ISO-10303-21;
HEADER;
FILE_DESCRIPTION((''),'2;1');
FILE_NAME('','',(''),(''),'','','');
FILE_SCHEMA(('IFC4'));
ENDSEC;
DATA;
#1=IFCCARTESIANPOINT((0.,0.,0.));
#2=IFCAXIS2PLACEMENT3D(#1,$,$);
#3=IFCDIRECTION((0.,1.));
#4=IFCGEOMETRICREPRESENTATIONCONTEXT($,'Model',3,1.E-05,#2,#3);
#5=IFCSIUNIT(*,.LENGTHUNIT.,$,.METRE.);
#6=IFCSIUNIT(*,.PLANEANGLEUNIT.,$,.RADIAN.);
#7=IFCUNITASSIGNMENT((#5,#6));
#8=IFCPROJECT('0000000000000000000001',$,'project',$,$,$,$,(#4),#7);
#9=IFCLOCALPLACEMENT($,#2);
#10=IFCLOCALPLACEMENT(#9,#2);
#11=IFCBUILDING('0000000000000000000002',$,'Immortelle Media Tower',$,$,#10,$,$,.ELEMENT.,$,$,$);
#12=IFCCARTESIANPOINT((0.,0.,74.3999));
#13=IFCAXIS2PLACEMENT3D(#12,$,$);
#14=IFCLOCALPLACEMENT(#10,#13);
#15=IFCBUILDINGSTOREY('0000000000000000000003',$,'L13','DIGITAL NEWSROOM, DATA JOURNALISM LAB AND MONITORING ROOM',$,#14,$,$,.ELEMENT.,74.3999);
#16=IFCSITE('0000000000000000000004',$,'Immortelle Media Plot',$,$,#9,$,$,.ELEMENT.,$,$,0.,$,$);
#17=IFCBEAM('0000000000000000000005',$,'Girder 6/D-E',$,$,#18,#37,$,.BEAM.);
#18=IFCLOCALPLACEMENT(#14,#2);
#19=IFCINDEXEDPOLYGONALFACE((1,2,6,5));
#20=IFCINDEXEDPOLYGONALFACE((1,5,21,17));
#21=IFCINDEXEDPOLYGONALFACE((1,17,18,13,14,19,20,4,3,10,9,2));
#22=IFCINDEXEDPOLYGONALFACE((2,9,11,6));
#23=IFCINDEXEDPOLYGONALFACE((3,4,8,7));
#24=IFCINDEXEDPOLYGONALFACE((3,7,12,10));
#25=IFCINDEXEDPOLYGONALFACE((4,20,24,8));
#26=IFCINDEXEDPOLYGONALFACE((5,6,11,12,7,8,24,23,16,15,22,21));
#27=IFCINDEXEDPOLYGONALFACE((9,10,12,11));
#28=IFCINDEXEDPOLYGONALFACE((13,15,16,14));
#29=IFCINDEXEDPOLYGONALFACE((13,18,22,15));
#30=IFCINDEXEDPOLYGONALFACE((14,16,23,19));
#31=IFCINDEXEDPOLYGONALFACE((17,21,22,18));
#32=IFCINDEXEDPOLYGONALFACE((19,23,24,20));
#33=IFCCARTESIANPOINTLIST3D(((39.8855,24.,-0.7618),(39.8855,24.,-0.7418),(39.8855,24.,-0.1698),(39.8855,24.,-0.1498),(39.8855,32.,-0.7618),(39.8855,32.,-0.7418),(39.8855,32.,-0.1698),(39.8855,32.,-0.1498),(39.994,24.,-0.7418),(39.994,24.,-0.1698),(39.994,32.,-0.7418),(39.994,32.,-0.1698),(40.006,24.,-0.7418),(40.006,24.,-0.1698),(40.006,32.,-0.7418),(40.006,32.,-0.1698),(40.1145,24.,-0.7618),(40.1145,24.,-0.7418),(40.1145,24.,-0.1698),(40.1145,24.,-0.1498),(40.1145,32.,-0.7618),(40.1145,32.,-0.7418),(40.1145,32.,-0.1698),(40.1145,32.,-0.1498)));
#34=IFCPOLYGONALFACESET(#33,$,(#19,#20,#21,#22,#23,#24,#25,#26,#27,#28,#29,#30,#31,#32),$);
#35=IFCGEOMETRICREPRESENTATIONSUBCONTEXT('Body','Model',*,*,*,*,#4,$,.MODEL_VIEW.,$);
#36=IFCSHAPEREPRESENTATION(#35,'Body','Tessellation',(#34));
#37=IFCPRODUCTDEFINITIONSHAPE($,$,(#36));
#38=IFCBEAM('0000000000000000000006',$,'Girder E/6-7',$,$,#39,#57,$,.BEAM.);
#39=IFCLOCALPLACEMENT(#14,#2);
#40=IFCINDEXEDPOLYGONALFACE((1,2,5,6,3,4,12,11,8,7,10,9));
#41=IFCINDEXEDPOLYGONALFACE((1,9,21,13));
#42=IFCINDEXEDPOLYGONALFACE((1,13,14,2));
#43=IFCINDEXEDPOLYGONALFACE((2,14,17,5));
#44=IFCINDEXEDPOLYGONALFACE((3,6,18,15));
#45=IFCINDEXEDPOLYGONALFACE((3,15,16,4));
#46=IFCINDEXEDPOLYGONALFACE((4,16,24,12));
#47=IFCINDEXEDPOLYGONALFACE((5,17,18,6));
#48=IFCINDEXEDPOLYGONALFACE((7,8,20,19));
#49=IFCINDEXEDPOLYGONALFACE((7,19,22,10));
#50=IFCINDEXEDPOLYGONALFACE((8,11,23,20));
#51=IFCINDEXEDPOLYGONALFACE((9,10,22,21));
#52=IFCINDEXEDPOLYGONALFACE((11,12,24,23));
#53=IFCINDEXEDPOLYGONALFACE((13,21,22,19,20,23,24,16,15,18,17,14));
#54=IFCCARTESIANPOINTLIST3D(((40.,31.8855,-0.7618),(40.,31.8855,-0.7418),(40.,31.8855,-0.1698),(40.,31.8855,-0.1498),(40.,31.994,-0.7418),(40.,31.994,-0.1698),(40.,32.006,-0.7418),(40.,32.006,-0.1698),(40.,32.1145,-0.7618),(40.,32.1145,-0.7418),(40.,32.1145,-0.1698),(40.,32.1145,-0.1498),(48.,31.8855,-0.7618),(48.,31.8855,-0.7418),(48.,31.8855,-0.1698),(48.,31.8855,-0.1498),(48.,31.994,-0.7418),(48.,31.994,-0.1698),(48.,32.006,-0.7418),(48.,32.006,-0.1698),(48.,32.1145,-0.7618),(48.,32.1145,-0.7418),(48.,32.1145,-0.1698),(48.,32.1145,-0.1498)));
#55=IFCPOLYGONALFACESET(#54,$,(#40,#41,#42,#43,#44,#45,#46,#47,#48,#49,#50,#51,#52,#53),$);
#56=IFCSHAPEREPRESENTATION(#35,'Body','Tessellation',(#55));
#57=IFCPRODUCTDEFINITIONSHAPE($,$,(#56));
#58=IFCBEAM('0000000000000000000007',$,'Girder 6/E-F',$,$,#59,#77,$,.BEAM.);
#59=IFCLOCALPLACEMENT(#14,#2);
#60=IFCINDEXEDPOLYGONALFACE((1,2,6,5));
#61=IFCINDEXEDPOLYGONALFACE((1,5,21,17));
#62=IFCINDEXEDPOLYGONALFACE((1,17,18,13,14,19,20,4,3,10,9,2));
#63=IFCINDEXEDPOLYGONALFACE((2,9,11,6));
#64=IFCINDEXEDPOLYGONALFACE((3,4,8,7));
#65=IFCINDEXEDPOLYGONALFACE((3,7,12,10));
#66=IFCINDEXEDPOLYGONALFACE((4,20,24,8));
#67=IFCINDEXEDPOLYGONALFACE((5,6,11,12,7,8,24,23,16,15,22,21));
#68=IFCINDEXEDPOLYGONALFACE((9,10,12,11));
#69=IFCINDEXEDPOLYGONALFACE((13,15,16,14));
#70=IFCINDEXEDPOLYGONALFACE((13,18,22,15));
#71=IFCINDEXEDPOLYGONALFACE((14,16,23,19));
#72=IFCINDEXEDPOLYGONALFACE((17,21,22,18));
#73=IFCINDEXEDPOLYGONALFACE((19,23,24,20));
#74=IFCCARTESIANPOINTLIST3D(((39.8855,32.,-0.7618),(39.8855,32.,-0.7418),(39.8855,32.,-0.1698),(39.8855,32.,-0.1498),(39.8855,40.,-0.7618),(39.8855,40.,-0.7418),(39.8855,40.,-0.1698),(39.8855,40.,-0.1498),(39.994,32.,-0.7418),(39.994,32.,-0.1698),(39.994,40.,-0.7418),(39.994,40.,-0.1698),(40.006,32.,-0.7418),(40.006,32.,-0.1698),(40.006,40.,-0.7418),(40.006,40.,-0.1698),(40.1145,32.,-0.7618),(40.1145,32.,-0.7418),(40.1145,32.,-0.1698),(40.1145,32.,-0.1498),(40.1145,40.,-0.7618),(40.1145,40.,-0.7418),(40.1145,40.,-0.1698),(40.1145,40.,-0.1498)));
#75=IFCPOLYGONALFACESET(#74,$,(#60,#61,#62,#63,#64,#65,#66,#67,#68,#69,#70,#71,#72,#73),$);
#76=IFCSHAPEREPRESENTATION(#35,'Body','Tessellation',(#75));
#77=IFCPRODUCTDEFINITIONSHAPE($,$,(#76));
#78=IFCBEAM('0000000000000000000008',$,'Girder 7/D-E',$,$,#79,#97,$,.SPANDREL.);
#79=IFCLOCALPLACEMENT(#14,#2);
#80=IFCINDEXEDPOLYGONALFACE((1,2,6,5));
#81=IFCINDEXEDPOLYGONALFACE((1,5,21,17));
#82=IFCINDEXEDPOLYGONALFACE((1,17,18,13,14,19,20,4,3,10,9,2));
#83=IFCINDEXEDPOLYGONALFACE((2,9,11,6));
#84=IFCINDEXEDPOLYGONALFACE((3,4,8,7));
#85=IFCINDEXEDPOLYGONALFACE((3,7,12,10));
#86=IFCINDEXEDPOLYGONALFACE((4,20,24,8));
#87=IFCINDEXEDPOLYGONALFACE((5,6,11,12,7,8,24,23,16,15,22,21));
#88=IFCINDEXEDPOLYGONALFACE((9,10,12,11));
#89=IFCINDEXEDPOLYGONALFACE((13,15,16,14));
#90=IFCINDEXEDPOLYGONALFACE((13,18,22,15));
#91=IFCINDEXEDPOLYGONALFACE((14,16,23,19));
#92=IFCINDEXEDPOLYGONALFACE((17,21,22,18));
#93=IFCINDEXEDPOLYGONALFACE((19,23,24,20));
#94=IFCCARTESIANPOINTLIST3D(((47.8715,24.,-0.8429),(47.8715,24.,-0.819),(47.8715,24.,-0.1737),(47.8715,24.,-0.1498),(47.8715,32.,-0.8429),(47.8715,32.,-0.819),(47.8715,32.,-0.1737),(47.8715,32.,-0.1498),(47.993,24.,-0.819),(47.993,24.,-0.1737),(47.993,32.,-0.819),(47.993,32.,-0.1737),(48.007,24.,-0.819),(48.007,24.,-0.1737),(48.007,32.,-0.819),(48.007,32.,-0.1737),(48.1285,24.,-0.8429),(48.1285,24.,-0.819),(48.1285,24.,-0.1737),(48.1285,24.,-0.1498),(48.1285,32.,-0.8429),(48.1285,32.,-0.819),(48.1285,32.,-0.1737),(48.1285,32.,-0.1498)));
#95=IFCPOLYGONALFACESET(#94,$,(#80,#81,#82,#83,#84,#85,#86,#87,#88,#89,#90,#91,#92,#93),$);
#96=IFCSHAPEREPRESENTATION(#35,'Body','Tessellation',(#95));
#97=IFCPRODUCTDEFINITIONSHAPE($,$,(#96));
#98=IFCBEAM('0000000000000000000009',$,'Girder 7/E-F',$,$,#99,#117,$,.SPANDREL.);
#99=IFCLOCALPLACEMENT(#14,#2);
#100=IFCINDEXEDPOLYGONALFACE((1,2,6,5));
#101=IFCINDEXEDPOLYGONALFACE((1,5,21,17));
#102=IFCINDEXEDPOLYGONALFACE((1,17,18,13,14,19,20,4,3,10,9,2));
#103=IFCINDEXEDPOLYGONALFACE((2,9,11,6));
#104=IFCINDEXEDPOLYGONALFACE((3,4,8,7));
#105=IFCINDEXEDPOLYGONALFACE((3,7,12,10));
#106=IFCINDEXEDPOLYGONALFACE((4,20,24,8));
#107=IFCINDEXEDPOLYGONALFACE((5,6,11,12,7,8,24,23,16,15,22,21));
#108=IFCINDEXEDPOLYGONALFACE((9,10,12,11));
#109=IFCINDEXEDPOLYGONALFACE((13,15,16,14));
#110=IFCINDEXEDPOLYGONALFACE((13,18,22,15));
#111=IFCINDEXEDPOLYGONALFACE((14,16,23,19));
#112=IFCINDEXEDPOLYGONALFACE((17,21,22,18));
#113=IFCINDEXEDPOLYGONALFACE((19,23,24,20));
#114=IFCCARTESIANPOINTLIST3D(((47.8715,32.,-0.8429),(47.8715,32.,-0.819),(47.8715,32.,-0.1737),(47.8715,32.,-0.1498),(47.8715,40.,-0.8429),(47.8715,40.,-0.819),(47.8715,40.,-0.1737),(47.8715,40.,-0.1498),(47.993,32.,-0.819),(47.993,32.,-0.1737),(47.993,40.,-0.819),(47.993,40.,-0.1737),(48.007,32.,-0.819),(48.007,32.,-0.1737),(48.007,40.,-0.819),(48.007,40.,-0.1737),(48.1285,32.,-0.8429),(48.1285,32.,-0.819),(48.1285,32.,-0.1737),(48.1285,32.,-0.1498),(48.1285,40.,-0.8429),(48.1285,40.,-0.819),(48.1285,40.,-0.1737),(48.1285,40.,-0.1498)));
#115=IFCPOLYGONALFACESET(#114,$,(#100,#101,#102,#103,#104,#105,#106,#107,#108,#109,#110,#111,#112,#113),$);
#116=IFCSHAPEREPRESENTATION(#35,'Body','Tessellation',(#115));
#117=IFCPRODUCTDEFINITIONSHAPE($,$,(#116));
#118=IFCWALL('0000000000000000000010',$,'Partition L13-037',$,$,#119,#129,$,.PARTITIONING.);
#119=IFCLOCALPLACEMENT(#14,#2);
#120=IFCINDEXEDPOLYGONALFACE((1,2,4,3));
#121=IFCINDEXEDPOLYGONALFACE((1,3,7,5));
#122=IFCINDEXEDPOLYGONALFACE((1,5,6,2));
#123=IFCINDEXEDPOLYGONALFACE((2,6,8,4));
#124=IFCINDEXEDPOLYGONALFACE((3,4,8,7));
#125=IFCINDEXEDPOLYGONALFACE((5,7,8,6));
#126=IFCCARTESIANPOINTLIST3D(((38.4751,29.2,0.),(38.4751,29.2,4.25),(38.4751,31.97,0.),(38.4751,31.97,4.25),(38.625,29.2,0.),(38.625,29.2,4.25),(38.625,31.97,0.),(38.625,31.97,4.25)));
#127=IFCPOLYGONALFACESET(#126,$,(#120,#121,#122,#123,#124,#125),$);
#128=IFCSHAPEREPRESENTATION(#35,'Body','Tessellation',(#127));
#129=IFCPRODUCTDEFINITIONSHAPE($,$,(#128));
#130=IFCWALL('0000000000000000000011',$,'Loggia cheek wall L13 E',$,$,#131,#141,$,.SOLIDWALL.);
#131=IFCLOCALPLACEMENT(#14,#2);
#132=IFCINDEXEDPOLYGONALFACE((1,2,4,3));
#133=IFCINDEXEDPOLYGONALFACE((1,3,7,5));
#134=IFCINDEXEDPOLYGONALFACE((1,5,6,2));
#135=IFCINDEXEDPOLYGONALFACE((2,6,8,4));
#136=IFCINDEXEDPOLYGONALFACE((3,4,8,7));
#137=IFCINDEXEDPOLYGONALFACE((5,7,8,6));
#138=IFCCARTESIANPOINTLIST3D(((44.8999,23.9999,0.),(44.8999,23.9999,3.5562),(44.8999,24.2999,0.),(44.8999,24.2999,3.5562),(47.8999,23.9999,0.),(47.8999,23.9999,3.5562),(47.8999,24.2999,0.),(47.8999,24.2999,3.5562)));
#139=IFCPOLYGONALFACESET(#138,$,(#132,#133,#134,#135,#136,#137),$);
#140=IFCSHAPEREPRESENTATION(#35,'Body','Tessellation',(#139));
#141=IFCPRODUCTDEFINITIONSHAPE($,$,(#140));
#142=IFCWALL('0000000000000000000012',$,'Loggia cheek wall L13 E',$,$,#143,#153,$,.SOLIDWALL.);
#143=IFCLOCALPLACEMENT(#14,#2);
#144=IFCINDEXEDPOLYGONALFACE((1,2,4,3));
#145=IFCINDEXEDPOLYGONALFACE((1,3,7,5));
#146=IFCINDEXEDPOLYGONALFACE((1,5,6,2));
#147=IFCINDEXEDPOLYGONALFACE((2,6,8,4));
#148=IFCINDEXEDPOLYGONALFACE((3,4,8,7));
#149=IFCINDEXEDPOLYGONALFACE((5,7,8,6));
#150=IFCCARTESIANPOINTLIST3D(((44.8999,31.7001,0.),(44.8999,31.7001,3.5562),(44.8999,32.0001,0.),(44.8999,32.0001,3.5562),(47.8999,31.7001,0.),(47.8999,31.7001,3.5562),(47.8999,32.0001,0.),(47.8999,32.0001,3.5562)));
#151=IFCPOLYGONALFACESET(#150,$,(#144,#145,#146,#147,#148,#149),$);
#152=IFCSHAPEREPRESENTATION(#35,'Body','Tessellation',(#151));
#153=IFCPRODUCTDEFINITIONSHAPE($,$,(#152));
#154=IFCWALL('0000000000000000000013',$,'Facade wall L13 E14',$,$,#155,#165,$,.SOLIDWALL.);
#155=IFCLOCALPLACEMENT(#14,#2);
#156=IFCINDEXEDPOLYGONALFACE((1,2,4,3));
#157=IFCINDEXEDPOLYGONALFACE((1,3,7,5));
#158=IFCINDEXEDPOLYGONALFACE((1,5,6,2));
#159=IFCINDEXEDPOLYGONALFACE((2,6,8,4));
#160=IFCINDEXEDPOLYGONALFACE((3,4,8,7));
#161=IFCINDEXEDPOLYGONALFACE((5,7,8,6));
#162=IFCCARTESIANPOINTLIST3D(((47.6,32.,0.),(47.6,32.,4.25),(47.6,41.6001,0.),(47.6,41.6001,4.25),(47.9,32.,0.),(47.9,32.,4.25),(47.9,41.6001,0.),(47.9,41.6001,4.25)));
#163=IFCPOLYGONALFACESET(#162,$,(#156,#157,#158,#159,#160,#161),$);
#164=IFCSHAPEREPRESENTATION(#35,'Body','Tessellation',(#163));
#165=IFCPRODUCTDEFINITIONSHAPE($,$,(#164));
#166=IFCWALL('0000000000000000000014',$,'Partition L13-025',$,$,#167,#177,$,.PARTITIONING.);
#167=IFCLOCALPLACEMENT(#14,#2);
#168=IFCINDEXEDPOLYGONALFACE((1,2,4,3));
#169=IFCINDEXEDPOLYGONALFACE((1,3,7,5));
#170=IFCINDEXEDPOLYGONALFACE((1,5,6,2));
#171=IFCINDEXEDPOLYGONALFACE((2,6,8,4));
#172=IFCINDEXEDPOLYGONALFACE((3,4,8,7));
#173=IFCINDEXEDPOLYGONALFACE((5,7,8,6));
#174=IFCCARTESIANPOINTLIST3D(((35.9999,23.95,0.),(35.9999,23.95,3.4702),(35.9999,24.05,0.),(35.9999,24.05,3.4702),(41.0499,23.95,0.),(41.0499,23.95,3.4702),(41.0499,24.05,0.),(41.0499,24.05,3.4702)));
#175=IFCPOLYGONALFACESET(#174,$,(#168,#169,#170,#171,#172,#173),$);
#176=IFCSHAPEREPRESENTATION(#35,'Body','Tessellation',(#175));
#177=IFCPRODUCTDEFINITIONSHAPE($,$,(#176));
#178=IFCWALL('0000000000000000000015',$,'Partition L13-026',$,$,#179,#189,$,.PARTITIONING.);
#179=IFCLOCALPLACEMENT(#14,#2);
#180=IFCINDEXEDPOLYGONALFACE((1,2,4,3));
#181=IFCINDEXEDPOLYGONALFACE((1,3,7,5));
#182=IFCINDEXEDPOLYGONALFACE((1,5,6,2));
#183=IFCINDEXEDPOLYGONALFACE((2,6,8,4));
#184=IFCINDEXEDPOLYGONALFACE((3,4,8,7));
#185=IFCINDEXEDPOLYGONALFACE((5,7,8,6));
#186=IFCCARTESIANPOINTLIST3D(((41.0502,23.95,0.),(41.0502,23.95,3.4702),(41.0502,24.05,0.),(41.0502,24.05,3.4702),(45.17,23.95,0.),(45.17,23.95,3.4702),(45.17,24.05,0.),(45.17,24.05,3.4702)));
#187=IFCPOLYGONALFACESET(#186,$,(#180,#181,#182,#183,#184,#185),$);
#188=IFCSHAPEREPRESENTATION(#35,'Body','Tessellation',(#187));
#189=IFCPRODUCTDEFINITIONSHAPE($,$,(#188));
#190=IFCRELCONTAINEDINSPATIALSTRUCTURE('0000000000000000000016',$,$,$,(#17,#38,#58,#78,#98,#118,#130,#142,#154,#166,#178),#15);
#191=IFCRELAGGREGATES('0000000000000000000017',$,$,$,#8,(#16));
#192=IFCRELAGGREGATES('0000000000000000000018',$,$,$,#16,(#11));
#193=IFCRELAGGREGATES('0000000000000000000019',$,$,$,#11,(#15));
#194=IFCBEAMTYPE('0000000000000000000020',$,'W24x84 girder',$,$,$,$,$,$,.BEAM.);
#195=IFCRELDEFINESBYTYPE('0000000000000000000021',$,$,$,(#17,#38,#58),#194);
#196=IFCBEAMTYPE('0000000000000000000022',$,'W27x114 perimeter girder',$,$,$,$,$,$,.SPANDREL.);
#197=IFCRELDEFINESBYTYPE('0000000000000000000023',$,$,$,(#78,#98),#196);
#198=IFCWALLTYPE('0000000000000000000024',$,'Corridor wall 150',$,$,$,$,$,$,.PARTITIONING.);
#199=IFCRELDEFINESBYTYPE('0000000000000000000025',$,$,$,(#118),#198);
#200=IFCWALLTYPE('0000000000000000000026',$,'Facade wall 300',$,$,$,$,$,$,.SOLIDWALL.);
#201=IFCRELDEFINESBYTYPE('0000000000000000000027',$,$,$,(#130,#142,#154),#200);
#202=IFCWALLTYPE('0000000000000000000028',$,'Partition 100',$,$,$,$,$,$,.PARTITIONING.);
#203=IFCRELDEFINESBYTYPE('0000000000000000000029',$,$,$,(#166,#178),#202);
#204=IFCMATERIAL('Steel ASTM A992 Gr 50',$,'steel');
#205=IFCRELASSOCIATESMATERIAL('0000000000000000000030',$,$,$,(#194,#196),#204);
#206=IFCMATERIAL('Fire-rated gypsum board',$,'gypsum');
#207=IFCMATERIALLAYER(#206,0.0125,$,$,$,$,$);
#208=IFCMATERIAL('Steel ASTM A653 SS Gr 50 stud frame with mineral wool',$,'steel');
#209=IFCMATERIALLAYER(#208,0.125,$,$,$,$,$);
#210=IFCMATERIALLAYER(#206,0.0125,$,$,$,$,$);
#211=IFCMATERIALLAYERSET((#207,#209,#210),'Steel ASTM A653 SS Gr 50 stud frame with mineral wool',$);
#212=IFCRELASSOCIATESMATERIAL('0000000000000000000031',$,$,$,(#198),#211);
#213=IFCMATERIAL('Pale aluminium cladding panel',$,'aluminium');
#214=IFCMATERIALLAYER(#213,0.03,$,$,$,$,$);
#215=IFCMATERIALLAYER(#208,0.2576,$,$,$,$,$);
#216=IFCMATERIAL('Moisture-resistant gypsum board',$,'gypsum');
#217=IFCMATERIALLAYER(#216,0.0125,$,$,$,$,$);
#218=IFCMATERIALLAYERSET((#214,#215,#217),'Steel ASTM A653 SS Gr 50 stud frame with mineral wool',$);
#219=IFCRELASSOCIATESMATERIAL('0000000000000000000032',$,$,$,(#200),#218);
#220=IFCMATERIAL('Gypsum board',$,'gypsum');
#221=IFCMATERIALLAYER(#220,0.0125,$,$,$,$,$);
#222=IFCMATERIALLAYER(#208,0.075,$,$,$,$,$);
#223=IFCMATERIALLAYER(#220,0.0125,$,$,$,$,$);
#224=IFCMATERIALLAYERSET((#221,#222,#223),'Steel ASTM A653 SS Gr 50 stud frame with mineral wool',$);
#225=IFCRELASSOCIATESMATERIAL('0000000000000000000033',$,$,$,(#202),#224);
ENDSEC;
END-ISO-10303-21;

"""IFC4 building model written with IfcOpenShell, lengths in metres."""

from ifc_helpers import new_model, si_unit, direction, frame, frame_2d, origin, origin_2d, place, context, subcontext, project, spatial, rectangle, i_section, extrude, material, layer, layer_set, material_profile, profile_set, type_object, element, save


model = new_model("IFC4")

# Units and contexts
model_context = context("Model", 3, precision=1e-05, world=origin(), true_north=direction((0.0, 1.0)))
body_context = subcontext(model_context, "Body", "Model", "MODEL_VIEW")
ifc_project = project(units=[si_unit("LENGTHUNIT", "METRE"), si_unit("PLANEANGLEUNIT", "RADIAN")], contexts=[model_context])

# Site, building, storey
site_placement = place(None, origin())
site = spatial("IfcSite", under=ifc_project, at=site_placement, Name="Immortelle Media Plot", CompositionType="ELEMENT", RefElevation=0.0)
building_placement = place(site_placement, origin())
building = spatial("IfcBuilding", under=site, at=building_placement, Name="Immortelle Media Tower", CompositionType="ELEMENT")
storey_placement = place(building_placement, frame((0.0, 0.0, 74.3999)))
storey = spatial("IfcBuildingStorey", under=building, at=storey_placement, Name="L13", Description="DIGITAL NEWSROOM, DATA JOURNALISM LAB AND MONITORING ROOM", CompositionType="ELEMENT", Elevation=74.3999)

# Shared definitions
ifc_material_1 = material(Name="Steel ASTM A992 Gr 50", Category="steel")

# Beams
ifc_material_profile_1 = material_profile(ifc_material_1, i_section(OverallWidth=0.229, OverallDepth=0.6121, WebThickness=0.012, FlangeThickness=0.02, at=origin_2d()), Name="W24x84")
ifc_profile_set_1 = profile_set([ifc_material_profile_1], Name="Steel ASTM A992 Gr 50")
beam_type_1 = type_object("IfcBeamType", Name="W24x84 girder", PredefinedType="BEAM", material=ifc_profile_set_1)
for number, where, z_axis, x_axis, name in (
    (1, (40.0, 24.0, -0.4558), (0.0, 1.0, 0.0), (-1.0, 0.0, 0.0), "Girder 6/D-E"),
    (2, (40.0, 32.0, -0.4558), (1.0, 0.0, 0.0), (0.0, 1.0, 0.0), "Girder E/6-7"),
    (3, (40.0, 32.0, -0.4558), (0.0, 1.0, 0.0), (-1.0, 0.0, 0.0), "Girder 6/E-F"),
):
    element("IfcBeam", number, at=place(storey_placement, frame(where, z_axis=z_axis, x_axis=x_axis)), inside=storey, type_object=beam_type_1, Name=name, PredefinedType="BEAM", context=body_context, shape_type="SweptSolid", body=[
        extrude(i_section(OverallWidth=0.229, OverallDepth=0.6121, WebThickness=0.012, FlangeThickness=0.02, at=origin_2d()), origin(), (0.0, 0.0, 1.0), 8.0),
    ])
ifc_material_profile_2 = material_profile(ifc_material_1, i_section(OverallWidth=0.2571, OverallDepth=0.6931, WebThickness=0.0139, FlangeThickness=0.0239, at=origin_2d()), Name="W27x114")
ifc_profile_set_2 = profile_set([ifc_material_profile_2], Name="Steel ASTM A992 Gr 50")
beam_type_2 = type_object("IfcBeamType", Name="W27x114 perimeter girder", PredefinedType="SPANDREL", material=ifc_profile_set_2)
for number, where, z_axis, x_axis, name in (
    (4, (48.0, 24.0, -0.4963), (0.0, 1.0, 0.0), (-1.0, 0.0, 0.0), "Girder 7/D-E"),
    (5, (48.0, 32.0, -0.4963), (0.0, 1.0, 0.0), (-1.0, 0.0, 0.0), "Girder 7/E-F"),
):
    element("IfcBeam", number, at=place(storey_placement, frame(where, z_axis=z_axis, x_axis=x_axis)), inside=storey, type_object=beam_type_2, Name=name, PredefinedType="SPANDREL", context=body_context, shape_type="SweptSolid", body=[
        extrude(i_section(OverallWidth=0.2571, OverallDepth=0.6931, WebThickness=0.0139, FlangeThickness=0.0239, at=origin_2d()), origin(), (0.0, 0.0, 1.0), 8.0),
    ])

# Wall
ifc_material_2 = material(Name="Fire-rated gypsum board", Category="gypsum")
ifc_layer_1 = layer(ifc_material_2, 0.0125)
ifc_material_3 = material(Name="Steel ASTM A653 SS Gr 50 stud frame with mineral wool", Category="steel")
ifc_layer_2 = layer(ifc_material_3, 0.125)
ifc_layer_3 = layer(ifc_material_2, 0.0125)
ifc_layer_set_1 = layer_set([ifc_layer_1, ifc_layer_2, ifc_layer_3], Name="Steel ASTM A653 SS Gr 50 stud frame with mineral wool")
wall_type_1 = type_object("IfcWallType", Name="Corridor wall 150", PredefinedType="PARTITIONING", material=ifc_layer_set_1)
wall_1_placement = place(storey_placement, frame((38.55, 29.2, 0.0), z_axis=(0.0, 0.0, 1.0), x_axis=(0.0, 1.0, 0.0)))
element("IfcWall", 6, at=wall_1_placement, inside=storey, type_object=wall_type_1, Name="Partition L13-037", PredefinedType="PARTITIONING", context=body_context, shape_type="SweptSolid", body=[
    extrude(rectangle(XDim=2.77, YDim=0.1499, at=frame_2d((1.385, 0.0))), origin(), (0.0, 0.0, 1.0), 4.25),
])

# Shared definitions
ifc_material_4 = material(Name="Pale aluminium cladding panel", Category="aluminium")
ifc_layer_4 = layer(ifc_material_4, 0.03)
ifc_layer_5 = layer(ifc_material_3, 0.2576)
ifc_material_5 = material(Name="Moisture-resistant gypsum board", Category="gypsum")
ifc_layer_6 = layer(ifc_material_5, 0.0125)
ifc_layer_set_2 = layer_set([ifc_layer_4, ifc_layer_5, ifc_layer_6], Name="Steel ASTM A653 SS Gr 50 stud frame with mineral wool")
wall_type_2 = type_object("IfcWallType", Name="Facade wall 300", PredefinedType="SOLIDWALL", material=ifc_layer_set_2)

# Walls
for number, where, z_axis, x_axis, name in (
    (7, (47.8999, 24.1499, 0.0), (0.0, 0.0, 1.0), (-1.0, 0.0, 0.0), "Loggia cheek wall L13 E"),
    (8, (47.8999, 31.8501, 0.0), (0.0, 0.0, 1.0), (-1.0, 0.0, 0.0), "Loggia cheek wall L13 E"),
):
    element("IfcWall", number, at=place(storey_placement, frame(where, z_axis=z_axis, x_axis=x_axis)), inside=storey, type_object=wall_type_2, Name=name, PredefinedType="SOLIDWALL", context=body_context, shape_type="SweptSolid", body=[
        extrude(rectangle(XDim=3.0, YDim=0.3, at=frame_2d((1.5, 0.0))), origin(), (0.0, 0.0, 1.0), 3.5562),
    ])
wall_2_placement = place(storey_placement, frame((47.75, 32.0, 0.0), z_axis=(0.0, 0.0, 1.0), x_axis=(0.0, 1.0, 0.0)))
element("IfcWall", 9, at=wall_2_placement, inside=storey, type_object=wall_type_2, Name="Facade wall L13 E14", PredefinedType="SOLIDWALL", context=body_context, shape_type="SweptSolid", body=[
    extrude(rectangle(XDim=9.6001, YDim=0.3, at=frame_2d((4.8, 0.0))), origin(), (0.0, 0.0, 1.0), 4.25),
])
ifc_material_6 = material(Name="Gypsum board", Category="gypsum")
ifc_layer_7 = layer(ifc_material_6, 0.0125)
ifc_layer_8 = layer(ifc_material_3, 0.075)
ifc_layer_9 = layer(ifc_material_6, 0.0125)
ifc_layer_set_3 = layer_set([ifc_layer_7, ifc_layer_8, ifc_layer_9], Name="Steel ASTM A653 SS Gr 50 stud frame with mineral wool")
wall_type_3 = type_object("IfcWallType", Name="Partition 100", PredefinedType="PARTITIONING", material=ifc_layer_set_3)
wall_3_placement = place(storey_placement, frame((36.0, 24.0, 0.0), z_axis=(0.0, 0.0, 1.0), x_axis=(1.0, 0.0, 0.0)))
element("IfcWall", 10, at=wall_3_placement, inside=storey, type_object=wall_type_3, Name="Partition L13-025", PredefinedType="PARTITIONING", context=body_context, shape_type="SweptSolid", body=[
    extrude(rectangle(XDim=5.05, YDim=0.1001, at=frame_2d((2.5249, 0.0))), origin(), (0.0, 0.0, 1.0), 3.4702),
])
wall_4_placement = place(storey_placement, frame((41.05, 24.0, 0.0), z_axis=(0.0, 0.0, 1.0), x_axis=(1.0, 0.0, 0.0)))
element("IfcWall", 11, at=wall_4_placement, inside=storey, type_object=wall_type_3, Name="Partition L13-026", PredefinedType="PARTITIONING", context=body_context, shape_type="SweptSolid", body=[
    extrude(rectangle(XDim=4.1199, YDim=0.1001, at=frame_2d((2.0601, 0.0))), origin(), (0.0, 0.0, 1.0), 3.4702),
])

save(model, "model.ifc")
